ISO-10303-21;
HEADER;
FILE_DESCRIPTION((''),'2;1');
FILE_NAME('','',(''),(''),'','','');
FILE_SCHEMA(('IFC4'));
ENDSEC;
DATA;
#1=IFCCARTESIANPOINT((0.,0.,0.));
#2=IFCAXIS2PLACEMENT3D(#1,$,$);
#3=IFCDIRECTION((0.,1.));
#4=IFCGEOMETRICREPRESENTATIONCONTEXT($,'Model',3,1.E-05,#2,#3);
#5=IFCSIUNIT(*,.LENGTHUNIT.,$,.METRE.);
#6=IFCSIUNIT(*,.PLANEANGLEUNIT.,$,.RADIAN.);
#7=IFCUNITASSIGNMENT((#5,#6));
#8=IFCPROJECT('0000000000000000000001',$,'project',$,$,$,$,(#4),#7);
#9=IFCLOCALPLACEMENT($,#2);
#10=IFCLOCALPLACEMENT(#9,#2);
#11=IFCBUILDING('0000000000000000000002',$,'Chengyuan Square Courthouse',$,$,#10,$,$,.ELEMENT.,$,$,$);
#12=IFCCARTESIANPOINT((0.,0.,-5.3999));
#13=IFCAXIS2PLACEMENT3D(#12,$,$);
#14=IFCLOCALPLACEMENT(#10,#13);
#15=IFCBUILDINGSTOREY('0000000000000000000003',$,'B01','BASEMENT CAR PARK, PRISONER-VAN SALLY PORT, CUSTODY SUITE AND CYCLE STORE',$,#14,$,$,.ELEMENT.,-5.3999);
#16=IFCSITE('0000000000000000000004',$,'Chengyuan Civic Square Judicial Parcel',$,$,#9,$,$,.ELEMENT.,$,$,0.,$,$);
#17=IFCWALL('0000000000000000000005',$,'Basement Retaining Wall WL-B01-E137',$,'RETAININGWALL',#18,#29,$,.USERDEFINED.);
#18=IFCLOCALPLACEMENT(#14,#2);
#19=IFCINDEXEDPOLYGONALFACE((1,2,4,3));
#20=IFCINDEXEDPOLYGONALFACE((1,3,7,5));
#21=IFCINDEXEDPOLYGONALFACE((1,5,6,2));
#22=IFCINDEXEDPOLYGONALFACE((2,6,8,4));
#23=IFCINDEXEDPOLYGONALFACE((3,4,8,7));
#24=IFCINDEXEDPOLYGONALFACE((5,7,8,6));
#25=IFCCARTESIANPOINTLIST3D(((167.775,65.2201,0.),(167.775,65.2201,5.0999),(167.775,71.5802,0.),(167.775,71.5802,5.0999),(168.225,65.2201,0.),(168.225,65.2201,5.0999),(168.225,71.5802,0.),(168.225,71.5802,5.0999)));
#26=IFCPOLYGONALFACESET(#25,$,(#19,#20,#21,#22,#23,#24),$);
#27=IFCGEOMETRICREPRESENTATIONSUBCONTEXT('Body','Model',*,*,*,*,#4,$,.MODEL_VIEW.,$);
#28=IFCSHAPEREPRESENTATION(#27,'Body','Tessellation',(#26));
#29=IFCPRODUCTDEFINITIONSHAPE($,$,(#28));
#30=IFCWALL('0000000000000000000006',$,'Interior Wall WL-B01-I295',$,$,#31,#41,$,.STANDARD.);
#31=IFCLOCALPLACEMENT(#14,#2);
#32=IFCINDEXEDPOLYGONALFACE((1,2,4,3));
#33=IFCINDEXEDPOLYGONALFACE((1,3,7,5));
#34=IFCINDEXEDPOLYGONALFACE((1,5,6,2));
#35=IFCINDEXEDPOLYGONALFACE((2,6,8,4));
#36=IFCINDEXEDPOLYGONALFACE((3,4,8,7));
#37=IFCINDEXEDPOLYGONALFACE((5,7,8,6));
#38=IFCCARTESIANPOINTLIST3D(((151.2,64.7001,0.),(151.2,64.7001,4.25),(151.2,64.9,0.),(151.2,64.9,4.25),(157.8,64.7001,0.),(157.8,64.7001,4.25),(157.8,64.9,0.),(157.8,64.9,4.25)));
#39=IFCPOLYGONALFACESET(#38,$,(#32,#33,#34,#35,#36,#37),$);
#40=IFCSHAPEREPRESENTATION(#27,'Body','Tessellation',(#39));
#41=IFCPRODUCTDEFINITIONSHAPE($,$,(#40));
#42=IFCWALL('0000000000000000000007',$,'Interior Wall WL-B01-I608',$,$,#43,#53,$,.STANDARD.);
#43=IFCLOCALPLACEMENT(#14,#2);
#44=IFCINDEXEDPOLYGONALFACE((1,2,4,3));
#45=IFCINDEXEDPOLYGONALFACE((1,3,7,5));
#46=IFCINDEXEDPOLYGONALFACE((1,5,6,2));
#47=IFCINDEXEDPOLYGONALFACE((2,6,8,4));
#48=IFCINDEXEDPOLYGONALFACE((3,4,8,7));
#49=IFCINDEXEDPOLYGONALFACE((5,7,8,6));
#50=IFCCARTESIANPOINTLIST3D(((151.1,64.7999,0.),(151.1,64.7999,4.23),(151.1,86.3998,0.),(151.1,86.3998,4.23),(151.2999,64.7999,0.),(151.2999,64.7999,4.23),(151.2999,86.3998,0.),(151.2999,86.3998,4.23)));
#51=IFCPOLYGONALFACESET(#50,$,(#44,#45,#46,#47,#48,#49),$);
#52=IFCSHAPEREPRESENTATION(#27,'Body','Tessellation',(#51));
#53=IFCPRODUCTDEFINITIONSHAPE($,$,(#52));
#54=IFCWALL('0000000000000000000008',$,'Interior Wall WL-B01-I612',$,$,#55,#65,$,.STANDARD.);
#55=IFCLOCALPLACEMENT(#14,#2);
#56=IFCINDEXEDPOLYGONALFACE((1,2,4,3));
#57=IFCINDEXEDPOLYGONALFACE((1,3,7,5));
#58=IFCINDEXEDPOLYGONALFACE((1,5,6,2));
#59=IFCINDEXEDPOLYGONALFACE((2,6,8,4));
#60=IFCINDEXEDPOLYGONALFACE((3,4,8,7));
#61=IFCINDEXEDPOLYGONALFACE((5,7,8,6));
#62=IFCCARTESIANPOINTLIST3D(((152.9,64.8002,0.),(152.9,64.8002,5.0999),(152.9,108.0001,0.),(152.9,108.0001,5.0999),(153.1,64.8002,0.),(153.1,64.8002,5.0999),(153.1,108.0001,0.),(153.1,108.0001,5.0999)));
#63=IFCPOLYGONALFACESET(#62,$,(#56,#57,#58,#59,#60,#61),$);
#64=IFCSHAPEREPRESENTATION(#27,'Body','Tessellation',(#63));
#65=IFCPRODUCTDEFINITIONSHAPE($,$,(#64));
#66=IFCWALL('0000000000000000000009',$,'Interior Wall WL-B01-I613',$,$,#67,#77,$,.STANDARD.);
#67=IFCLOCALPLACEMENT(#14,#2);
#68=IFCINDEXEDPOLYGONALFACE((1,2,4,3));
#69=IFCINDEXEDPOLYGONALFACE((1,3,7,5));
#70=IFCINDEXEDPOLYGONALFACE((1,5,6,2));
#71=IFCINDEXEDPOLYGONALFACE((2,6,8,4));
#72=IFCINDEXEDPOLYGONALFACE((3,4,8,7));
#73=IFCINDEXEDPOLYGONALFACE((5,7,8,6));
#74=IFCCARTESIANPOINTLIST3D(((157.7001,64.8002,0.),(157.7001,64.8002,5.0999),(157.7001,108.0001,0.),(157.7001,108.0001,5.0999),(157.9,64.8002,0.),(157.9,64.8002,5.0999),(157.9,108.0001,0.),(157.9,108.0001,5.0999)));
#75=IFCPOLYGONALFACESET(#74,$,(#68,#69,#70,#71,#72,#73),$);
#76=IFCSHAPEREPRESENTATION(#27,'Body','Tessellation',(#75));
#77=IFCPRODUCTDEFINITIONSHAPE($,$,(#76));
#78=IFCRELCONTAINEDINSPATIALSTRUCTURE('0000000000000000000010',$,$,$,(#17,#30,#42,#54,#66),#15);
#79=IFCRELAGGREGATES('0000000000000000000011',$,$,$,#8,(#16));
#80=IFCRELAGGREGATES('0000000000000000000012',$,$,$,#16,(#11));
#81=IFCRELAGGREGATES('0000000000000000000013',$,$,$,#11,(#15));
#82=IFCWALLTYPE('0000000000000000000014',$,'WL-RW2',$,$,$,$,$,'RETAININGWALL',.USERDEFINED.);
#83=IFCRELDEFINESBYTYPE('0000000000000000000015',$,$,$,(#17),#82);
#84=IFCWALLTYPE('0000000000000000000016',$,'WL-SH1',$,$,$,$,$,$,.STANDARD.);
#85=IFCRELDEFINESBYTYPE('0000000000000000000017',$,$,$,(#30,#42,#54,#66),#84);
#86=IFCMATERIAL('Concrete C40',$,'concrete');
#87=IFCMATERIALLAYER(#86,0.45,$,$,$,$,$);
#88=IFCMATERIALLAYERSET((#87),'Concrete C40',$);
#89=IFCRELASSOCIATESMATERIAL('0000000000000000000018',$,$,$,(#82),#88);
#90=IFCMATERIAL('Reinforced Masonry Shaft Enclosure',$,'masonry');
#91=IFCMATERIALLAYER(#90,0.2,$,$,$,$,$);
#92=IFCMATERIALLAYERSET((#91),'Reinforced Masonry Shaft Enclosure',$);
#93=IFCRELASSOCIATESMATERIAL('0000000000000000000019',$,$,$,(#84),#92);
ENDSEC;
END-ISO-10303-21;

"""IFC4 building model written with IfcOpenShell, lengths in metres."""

from ifc_helpers import new_model, si_unit, direction, frame, frame_2d, origin, place, context, subcontext, project, spatial, rectangle, extrude, material, layer, layer_set, type_object, element, save


model = new_model("IFC4")

# Units and contexts
model_context = context("Model", 3, precision=1e-05, world=origin(), true_north=direction((0.0, 1.0)))
body_context = subcontext(model_context, "Body", "Model", "MODEL_VIEW")
ifc_project = project(units=[si_unit("LENGTHUNIT", "METRE"), si_unit("PLANEANGLEUNIT", "RADIAN")], contexts=[model_context])

# Site, building, storey
site_placement = place(None, origin())
site = spatial("IfcSite", under=ifc_project, at=site_placement, Name="Chengyuan Civic Square Judicial Parcel", CompositionType="ELEMENT", RefElevation=0.0)
building_placement = place(site_placement, origin())
building = spatial("IfcBuilding", under=site, at=building_placement, Name="Chengyuan Square Courthouse", CompositionType="ELEMENT")
storey_placement = place(building_placement, frame((0.0, 0.0, -5.3999)))
storey = spatial("IfcBuildingStorey", under=building, at=storey_placement, Name="B01", Description="BASEMENT CAR PARK, PRISONER-VAN SALLY PORT, CUSTODY SUITE AND CYCLE STORE", CompositionType="ELEMENT", Elevation=-5.3999)

# Shared definitions
ifc_material_1 = material(Name="Concrete C40", Category="concrete")

# Walls
ifc_layer_1 = layer(ifc_material_1, 0.45)
ifc_layer_set_1 = layer_set([ifc_layer_1], Name="Concrete C40")
wall_type_1 = type_object("IfcWallType", Name="WL-RW2", ElementType="RETAININGWALL", PredefinedType="USERDEFINED", material=ifc_layer_set_1)
wall_1_placement = place(storey_placement, frame((168.0, 65.22, 0.0), z_axis=(0.0, 0.0, 1.0), x_axis=(0.0, 1.0, 0.0)))
element("IfcWall", 1, at=wall_1_placement, inside=storey, type_object=wall_type_1, Name="Basement Retaining Wall WL-B01-E137", ObjectType="RETAININGWALL", PredefinedType="USERDEFINED", context=body_context, shape_type="SweptSolid", body=[
    extrude(rectangle(XDim=6.3601, YDim=0.45, at=frame_2d((3.1802, 0.0))), origin(), (0.0, 0.0, 1.0), 5.0999),
])
ifc_material_2 = material(Name="Reinforced Masonry Shaft Enclosure", Category="masonry")
ifc_layer_2 = layer(ifc_material_2, 0.2)
ifc_layer_set_2 = layer_set([ifc_layer_2], Name="Reinforced Masonry Shaft Enclosure")
wall_type_2 = type_object("IfcWallType", Name="WL-SH1", PredefinedType="STANDARD", material=ifc_layer_set_2)
wall_2_placement = place(storey_placement, frame((151.2, 64.8, 0.0), z_axis=(0.0, 0.0, 1.0), x_axis=(1.0, 0.0, 0.0)))
element("IfcWall", 2, at=wall_2_placement, inside=storey, type_object=wall_type_2, Name="Interior Wall WL-B01-I295", PredefinedType="STANDARD", context=body_context, shape_type="SweptSolid", body=[
    extrude(rectangle(XDim=6.6001, YDim=0.2, at=frame_2d((3.3, 0.0))), origin(), (0.0, 0.0, 1.0), 4.25),
])
wall_3_placement = place(storey_placement, frame((151.2, 64.8, 0.0), z_axis=(0.0, 0.0, 1.0), x_axis=(0.0, 1.0, 0.0)))
element("IfcWall", 3, at=wall_3_placement, inside=storey, type_object=wall_type_2, Name="Interior Wall WL-B01-I608", PredefinedType="STANDARD", context=body_context, shape_type="SweptSolid", body=[
    extrude(rectangle(XDim=21.5999, YDim=0.2, at=frame_2d((10.7998, 0.0))), origin(), (0.0, 0.0, 1.0), 4.23),
])
for number, where, z_axis, x_axis, name in (
    (4, (153.0, 64.8, 0.0), (0.0, 0.0, 1.0), (0.0, 1.0, 0.0), "Interior Wall WL-B01-I612"),
    (5, (157.8, 64.8, 0.0), (0.0, 0.0, 1.0), (0.0, 1.0, 0.0), "Interior Wall WL-B01-I613"),
):
    element("IfcWall", number, at=place(storey_placement, frame(where, z_axis=z_axis, x_axis=x_axis)), inside=storey, type_object=wall_type_2, Name=name, PredefinedType="STANDARD", context=body_context, shape_type="SweptSolid", body=[
        extrude(rectangle(XDim=43.2, YDim=0.2, at=frame_2d((21.6001, 0.0))), origin(), (0.0, 0.0, 1.0), 5.0999),
    ])

save(model, "model.ifc")
